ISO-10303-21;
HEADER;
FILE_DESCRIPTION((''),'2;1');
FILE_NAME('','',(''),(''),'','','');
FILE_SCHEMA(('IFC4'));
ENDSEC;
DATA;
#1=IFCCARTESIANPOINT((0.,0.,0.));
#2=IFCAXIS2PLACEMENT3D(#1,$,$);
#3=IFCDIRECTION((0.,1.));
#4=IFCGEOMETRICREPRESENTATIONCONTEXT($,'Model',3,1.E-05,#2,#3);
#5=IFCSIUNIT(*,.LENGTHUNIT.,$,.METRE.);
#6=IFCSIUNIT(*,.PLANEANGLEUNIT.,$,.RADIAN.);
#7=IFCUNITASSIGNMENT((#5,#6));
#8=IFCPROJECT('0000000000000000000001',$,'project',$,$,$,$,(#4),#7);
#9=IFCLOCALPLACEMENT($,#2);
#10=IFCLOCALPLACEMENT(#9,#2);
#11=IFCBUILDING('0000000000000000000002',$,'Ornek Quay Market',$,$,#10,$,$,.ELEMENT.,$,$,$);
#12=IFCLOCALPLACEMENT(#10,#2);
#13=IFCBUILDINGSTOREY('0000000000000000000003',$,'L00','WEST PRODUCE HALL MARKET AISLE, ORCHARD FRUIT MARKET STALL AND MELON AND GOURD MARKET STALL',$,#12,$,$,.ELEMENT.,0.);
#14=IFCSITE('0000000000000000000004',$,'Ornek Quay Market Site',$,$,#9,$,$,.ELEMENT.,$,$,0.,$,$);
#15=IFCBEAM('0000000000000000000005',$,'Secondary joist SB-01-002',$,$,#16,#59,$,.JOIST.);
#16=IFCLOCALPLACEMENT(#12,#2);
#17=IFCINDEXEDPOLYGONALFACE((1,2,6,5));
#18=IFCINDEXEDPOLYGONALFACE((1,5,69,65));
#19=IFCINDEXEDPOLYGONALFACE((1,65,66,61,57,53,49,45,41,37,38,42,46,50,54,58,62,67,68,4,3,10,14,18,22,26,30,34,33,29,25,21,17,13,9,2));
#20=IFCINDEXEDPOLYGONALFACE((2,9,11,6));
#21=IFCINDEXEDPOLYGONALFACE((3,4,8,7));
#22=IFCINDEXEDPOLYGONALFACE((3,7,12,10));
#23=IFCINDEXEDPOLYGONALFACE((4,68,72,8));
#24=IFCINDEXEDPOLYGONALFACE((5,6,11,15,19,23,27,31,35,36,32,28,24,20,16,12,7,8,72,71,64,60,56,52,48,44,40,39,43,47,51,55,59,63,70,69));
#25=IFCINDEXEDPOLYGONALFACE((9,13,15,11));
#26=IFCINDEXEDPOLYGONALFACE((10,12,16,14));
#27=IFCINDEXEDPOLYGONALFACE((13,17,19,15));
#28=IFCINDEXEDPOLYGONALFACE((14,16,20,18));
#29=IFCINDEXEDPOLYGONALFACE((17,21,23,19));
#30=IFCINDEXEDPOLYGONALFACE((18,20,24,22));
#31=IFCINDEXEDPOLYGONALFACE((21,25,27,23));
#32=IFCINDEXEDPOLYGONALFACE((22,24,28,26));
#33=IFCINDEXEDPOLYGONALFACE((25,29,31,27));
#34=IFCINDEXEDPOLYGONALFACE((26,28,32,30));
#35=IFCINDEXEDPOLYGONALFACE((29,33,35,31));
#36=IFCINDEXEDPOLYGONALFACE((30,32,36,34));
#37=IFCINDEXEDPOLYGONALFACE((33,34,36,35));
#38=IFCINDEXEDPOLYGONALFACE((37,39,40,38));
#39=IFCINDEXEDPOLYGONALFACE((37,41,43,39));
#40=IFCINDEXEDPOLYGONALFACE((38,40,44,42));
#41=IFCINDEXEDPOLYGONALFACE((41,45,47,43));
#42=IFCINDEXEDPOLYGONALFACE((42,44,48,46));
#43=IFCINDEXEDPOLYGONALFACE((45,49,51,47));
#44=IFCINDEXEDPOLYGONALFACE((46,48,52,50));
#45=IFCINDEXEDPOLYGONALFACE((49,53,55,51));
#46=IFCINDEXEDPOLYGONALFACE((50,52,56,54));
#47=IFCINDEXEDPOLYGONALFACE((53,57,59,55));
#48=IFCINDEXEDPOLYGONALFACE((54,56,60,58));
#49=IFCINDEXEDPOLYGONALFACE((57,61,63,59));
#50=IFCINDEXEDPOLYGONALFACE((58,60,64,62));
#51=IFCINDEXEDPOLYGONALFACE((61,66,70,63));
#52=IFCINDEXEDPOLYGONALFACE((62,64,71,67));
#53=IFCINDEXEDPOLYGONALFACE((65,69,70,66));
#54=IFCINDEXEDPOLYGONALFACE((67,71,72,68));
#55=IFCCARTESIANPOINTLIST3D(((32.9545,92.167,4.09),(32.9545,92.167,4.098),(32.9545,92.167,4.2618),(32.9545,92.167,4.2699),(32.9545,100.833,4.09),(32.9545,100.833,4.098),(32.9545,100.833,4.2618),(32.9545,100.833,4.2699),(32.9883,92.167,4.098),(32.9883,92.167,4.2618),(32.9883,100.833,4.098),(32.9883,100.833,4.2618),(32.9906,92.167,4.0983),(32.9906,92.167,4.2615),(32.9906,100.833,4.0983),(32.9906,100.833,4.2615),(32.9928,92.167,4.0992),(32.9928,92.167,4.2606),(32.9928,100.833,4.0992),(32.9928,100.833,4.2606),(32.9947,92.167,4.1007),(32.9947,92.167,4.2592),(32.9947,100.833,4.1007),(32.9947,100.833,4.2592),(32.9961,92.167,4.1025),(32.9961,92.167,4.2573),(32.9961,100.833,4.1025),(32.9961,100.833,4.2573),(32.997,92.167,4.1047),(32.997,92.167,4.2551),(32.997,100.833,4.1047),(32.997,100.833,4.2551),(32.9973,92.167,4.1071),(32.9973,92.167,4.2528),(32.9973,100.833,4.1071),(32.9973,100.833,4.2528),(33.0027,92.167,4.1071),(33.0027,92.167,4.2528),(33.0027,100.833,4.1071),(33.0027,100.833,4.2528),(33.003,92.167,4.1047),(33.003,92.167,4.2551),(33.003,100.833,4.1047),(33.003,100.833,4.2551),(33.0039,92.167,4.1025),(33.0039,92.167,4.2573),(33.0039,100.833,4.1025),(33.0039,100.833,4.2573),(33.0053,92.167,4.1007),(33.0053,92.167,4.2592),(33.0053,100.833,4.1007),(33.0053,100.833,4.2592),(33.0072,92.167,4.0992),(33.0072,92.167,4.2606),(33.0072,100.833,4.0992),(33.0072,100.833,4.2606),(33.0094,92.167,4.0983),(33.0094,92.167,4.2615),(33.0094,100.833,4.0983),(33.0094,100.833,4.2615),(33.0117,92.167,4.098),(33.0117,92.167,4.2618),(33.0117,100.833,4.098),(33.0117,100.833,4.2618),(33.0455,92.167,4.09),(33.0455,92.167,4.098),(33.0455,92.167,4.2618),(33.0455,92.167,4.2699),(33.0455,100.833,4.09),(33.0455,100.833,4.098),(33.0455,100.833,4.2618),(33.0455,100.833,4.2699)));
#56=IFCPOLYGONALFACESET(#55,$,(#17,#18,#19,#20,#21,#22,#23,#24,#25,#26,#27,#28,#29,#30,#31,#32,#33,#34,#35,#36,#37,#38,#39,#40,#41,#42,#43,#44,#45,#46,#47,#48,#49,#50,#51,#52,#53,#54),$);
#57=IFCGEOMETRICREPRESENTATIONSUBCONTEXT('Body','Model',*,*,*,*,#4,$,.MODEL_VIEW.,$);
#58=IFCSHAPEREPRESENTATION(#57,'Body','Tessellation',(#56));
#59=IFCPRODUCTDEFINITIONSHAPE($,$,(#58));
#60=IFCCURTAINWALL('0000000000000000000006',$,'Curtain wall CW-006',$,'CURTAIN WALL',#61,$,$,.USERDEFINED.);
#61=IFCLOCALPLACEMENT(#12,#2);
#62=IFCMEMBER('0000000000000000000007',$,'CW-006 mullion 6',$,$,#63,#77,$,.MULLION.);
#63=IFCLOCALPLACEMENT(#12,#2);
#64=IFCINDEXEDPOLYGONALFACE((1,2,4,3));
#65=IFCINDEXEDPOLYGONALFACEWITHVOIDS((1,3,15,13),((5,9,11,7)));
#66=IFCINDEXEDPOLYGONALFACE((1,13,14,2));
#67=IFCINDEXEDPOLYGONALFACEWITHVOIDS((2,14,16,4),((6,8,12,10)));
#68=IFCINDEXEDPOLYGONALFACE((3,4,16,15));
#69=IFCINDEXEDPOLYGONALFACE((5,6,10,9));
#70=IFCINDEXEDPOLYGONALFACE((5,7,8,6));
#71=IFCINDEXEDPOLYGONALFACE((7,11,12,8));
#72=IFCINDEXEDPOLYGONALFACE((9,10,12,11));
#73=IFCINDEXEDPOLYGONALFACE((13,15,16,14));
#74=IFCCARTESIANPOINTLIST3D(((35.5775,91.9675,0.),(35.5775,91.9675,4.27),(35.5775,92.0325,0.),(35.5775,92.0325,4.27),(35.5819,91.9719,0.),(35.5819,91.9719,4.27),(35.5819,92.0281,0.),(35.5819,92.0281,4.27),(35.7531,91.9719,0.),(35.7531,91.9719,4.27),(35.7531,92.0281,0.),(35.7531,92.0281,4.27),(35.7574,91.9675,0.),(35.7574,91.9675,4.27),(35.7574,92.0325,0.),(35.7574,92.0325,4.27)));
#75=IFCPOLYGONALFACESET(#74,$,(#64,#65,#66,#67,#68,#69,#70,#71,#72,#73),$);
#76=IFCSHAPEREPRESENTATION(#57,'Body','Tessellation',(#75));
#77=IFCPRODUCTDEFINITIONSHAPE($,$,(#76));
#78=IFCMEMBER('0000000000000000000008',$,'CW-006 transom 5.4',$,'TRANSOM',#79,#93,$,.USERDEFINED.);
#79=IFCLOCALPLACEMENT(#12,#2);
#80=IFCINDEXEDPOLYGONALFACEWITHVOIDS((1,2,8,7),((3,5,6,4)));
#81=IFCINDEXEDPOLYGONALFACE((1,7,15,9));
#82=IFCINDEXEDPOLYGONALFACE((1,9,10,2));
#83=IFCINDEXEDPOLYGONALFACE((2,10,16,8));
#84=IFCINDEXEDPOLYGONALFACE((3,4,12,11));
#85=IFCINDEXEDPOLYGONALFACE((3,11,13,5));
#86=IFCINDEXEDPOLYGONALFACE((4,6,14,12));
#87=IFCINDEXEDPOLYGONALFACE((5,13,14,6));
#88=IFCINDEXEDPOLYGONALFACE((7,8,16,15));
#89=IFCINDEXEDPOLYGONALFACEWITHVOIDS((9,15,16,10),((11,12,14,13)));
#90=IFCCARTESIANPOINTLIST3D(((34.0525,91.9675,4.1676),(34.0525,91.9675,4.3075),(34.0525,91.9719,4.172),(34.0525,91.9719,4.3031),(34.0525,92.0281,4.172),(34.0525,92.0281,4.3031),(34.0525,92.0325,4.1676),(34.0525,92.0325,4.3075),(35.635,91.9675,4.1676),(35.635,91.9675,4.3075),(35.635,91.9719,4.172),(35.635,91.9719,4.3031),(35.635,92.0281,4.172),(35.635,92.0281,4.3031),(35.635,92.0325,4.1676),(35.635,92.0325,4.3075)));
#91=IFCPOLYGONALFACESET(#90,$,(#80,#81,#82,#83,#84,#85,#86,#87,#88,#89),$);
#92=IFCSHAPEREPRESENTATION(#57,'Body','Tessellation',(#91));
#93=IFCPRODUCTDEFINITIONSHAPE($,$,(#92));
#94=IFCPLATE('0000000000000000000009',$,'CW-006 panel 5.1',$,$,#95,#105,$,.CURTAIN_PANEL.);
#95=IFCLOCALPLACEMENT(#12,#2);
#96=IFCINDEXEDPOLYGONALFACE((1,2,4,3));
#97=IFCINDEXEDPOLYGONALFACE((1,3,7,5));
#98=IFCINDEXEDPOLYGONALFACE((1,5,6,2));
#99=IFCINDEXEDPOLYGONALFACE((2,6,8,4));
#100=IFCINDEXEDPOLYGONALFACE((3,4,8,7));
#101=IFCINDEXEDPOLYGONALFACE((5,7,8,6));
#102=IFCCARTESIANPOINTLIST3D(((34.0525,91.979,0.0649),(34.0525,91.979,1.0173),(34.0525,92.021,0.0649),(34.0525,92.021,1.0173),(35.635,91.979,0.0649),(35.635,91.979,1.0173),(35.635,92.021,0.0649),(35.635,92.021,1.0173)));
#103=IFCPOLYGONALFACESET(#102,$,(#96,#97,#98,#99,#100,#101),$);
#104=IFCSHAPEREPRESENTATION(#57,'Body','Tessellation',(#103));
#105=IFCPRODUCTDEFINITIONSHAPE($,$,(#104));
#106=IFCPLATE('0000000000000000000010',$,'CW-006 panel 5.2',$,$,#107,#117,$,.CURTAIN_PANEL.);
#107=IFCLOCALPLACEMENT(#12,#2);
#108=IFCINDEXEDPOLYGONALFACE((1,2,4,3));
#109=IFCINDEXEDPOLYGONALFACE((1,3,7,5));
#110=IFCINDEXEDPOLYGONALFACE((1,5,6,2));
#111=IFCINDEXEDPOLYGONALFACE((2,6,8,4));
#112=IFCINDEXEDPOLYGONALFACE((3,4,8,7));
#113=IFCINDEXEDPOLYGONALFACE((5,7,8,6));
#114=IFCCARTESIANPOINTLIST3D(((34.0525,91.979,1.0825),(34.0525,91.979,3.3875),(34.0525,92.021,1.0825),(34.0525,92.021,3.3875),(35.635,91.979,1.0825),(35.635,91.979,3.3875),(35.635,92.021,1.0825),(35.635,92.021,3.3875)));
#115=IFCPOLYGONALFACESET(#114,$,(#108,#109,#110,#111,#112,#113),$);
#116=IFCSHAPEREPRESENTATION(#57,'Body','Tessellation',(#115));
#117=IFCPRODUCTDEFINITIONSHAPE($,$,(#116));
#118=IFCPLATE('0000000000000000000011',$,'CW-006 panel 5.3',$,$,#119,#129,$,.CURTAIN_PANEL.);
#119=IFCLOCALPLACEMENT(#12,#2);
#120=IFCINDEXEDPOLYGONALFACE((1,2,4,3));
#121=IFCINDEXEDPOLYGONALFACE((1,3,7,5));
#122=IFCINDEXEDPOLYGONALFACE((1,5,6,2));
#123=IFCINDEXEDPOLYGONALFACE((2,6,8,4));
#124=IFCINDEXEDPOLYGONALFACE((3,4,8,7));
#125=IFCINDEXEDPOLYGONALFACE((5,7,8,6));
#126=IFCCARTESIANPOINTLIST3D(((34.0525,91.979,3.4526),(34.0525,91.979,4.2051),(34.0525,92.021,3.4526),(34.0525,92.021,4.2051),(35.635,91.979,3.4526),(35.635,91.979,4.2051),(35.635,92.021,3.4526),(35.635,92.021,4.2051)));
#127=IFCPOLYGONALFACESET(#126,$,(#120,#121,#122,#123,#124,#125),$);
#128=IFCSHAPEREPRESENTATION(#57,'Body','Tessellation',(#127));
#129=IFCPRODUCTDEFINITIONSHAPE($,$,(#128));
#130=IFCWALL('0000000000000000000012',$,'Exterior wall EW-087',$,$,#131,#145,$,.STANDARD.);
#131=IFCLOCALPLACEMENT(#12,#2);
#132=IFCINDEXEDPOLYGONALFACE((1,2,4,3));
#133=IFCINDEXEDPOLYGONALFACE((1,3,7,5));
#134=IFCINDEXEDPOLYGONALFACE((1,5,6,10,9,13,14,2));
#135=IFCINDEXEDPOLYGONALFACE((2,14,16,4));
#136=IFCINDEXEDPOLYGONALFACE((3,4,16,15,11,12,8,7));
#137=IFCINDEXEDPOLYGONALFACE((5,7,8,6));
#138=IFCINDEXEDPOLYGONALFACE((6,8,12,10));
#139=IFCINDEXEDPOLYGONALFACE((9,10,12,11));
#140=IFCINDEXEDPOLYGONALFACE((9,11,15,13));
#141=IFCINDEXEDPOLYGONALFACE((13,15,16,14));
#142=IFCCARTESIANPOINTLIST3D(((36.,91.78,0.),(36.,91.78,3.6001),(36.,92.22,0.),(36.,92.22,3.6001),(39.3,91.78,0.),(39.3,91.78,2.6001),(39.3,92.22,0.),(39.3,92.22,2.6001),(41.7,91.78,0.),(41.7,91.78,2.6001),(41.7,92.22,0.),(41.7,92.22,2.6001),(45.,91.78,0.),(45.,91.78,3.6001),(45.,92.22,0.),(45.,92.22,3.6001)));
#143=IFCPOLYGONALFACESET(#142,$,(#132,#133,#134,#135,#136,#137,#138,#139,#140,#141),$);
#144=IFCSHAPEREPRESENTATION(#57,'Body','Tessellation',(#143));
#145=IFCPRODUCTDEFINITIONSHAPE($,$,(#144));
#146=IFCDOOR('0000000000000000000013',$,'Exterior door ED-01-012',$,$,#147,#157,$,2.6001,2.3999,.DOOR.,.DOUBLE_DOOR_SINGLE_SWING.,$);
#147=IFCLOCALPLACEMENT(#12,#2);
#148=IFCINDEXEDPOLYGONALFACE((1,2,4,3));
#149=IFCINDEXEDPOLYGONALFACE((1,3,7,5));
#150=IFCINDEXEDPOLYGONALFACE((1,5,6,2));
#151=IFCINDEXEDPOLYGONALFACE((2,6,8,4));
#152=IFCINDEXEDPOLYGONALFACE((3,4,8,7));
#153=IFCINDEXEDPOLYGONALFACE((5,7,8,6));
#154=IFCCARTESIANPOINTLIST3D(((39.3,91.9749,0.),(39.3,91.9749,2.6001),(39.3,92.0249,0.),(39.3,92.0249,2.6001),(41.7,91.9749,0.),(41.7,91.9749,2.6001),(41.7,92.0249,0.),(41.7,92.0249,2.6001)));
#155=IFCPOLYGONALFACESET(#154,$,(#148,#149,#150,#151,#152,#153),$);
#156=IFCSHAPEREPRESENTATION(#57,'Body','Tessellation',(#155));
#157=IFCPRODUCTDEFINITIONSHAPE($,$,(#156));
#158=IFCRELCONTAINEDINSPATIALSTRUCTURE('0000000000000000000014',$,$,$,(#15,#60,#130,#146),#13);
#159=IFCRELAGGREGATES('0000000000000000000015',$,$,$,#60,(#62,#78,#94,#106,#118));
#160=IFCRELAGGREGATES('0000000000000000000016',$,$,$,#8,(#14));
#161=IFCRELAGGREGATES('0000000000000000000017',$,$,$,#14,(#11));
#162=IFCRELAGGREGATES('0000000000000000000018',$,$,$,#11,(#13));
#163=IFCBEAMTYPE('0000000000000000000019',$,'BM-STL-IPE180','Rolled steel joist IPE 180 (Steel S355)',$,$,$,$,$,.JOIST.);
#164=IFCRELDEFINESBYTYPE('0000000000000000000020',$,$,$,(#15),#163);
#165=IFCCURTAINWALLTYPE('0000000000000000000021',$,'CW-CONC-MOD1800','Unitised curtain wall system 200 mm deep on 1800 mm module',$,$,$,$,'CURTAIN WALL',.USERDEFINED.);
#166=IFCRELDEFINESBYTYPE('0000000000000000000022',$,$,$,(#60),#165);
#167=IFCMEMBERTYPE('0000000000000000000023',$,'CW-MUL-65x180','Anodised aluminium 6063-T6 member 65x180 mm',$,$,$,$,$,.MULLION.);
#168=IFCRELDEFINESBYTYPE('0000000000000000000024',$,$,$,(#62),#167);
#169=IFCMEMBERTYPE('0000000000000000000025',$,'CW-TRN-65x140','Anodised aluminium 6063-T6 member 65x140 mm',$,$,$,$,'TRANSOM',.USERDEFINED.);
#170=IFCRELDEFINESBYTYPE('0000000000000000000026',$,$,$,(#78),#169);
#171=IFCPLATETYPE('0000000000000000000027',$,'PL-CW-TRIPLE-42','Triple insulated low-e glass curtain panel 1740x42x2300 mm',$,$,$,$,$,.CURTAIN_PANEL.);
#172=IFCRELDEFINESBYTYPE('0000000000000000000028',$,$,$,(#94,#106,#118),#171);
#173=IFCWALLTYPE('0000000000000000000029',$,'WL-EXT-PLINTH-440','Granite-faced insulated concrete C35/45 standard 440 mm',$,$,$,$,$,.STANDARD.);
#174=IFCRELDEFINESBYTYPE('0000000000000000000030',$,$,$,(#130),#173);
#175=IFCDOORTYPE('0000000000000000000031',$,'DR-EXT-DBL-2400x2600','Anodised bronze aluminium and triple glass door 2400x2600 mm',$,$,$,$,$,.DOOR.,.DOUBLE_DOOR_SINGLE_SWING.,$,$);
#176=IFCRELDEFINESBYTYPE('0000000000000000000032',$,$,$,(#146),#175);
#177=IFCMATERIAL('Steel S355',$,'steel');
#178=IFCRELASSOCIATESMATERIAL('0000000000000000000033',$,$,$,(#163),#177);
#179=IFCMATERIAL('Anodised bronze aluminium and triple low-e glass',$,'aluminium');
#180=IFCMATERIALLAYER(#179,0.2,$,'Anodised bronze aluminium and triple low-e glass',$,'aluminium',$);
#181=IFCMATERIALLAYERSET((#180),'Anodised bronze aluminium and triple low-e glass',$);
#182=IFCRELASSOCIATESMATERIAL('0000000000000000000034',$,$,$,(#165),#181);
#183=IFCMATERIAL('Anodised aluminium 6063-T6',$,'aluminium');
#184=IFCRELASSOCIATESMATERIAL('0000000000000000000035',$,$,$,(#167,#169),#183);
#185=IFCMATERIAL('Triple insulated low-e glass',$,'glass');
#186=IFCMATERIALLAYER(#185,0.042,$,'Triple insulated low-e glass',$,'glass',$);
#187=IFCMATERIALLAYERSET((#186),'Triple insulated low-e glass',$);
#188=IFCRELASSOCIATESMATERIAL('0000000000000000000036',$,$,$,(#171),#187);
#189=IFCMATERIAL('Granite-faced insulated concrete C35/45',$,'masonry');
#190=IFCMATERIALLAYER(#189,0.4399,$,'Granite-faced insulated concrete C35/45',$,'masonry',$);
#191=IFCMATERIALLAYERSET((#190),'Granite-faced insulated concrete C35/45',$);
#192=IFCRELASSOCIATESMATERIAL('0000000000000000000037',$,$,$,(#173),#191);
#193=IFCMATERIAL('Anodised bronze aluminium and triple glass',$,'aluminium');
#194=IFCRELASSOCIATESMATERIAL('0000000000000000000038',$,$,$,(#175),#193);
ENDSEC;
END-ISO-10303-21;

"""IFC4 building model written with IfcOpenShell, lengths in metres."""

from ifc_helpers import new_model, si_unit, direction, frame, frame_2d, origin, origin_2d, place, context, subcontext, project, spatial, rectangle, hollow_rectangle, i_section, extrude, material, layer, layer_set, material_profile, profile_set, type_object, element, fill, aggregate, save


model = new_model("IFC4")

# Units and contexts
model_context = context("Model", 3, precision=1e-05, world=origin(), true_north=direction((0.0, 1.0)))
body_context = subcontext(model_context, "Body", "Model", "MODEL_VIEW")
ifc_project = project(units=[si_unit("LENGTHUNIT", "METRE"), si_unit("PLANEANGLEUNIT", "RADIAN")], contexts=[model_context])

# Site, building, storey
site_placement = place(None, origin())
site = spatial("IfcSite", under=ifc_project, at=site_placement, Name="Ornek Quay Market Site", CompositionType="ELEMENT", RefElevation=0.0)
building_placement = place(site_placement, origin())
building = spatial("IfcBuilding", under=site, at=building_placement, Name="Ornek Quay Market", CompositionType="ELEMENT")
storey_placement = place(building_placement, origin())
storey = spatial("IfcBuildingStorey", under=building, at=storey_placement, Name="L00", Description="WEST PRODUCE HALL MARKET AISLE, ORCHARD FRUIT MARKET STALL AND MELON AND GOURD MARKET STALL", CompositionType="ELEMENT", Elevation=0.0)

# Shared definitions
ifc_material_1 = material(Name="Steel S355", Category="steel")

# Beam
ifc_material_profile_1 = material_profile(ifc_material_1, i_section(OverallWidth=0.0911, OverallDepth=0.1799, WebThickness=0.0054, FlangeThickness=0.0081, FilletRadius=0.009, at=origin_2d()), Name="IPE 180", Category="steel")
ifc_profile_set_1 = profile_set([ifc_material_profile_1], Name="Steel S355")
beam_type_1 = type_object("IfcBeamType", Name="BM-STL-IPE180", Description="Rolled steel joist IPE 180 (Steel S355)", PredefinedType="JOIST", material=ifc_profile_set_1)
beam_1_placement = place(storey_placement, frame((33.0, 92.167, 4.1799), z_axis=(0.0, 1.0, 0.0), x_axis=(-1.0, 0.0, 0.0)))
element("IfcBeam", 1, at=beam_1_placement, inside=storey, type_object=beam_type_1, Name="Secondary joist SB-01-002", PredefinedType="JOIST", context=body_context, shape_type="SweptSolid", body=[
    extrude(i_section(OverallWidth=0.0911, OverallDepth=0.1799, WebThickness=0.0054, FlangeThickness=0.0081, FilletRadius=0.009, at=origin_2d()), origin(), (0.0, 0.0, 1.0), 8.666),
])

# Curtain wall, members, plates
ifc_material_2 = material(Name="Anodised bronze aluminium and triple low-e glass", Category="aluminium")
ifc_layer_1 = layer(ifc_material_2, 0.2, Name="Anodised bronze aluminium and triple low-e glass", Category="aluminium")
ifc_layer_set_1 = layer_set([ifc_layer_1], Name="Anodised bronze aluminium and triple low-e glass")
curtain_wall_type = type_object("IfcCurtainWallType", Name="CW-CONC-MOD1800", Description="Unitised curtain wall system 200 mm deep on 1800 mm module", ElementType="CURTAIN WALL", PredefinedType="USERDEFINED", material=ifc_layer_set_1)
curtain_wall_placement = place(storey_placement, origin())
curtain_wall = element("IfcCurtainWall", 2, at=curtain_wall_placement, inside=storey, type_object=curtain_wall_type, Name="Curtain wall CW-006", ObjectType="CURTAIN WALL", PredefinedType="USERDEFINED")
ifc_material_3 = material(Name="Anodised aluminium 6063-T6", Category="aluminium")
ifc_material_profile_2 = material_profile(ifc_material_3, hollow_rectangle(XDim=0.0649, YDim=0.1799, WallThickness=0.0044, at=origin_2d()), Name="CW-MUL-65x180", Category="aluminium")
ifc_profile_set_2 = profile_set([ifc_material_profile_2], Name="Anodised aluminium 6063-T6")
member_type_1 = type_object("IfcMemberType", Name="CW-MUL-65x180", Description="Anodised aluminium 6063-T6 member 65x180 mm", PredefinedType="MULLION", material=ifc_profile_set_2)
member_1_placement = place(storey_placement, frame((35.6675, 92.0, 0.0), z_axis=(0.0, 0.0, 1.0), x_axis=(0.0, 1.0, 0.0)))
member_1 = element("IfcMember", 3, at=member_1_placement, type_object=member_type_1, Name="CW-006 mullion 6", PredefinedType="MULLION", context=body_context, shape_type="SweptSolid", body=[
    extrude(hollow_rectangle(XDim=0.0649, YDim=0.1799, WallThickness=0.0044, at=origin_2d()), origin(), (0.0, 0.0, 1.0), 4.27),
])
ifc_material_profile_3 = material_profile(ifc_material_3, hollow_rectangle(XDim=0.0649, YDim=0.1399, WallThickness=0.0044, at=origin_2d()), Name="CW-TRN-65x140", Category="aluminium")
ifc_profile_set_3 = profile_set([ifc_material_profile_3], Name="Anodised aluminium 6063-T6")
member_type_2 = type_object("IfcMemberType", Name="CW-TRN-65x140", Description="Anodised aluminium 6063-T6 member 65x140 mm", ElementType="TRANSOM", PredefinedType="USERDEFINED", material=ifc_profile_set_3)
member_2_placement = place(storey_placement, frame((34.0525, 92.0, 4.2375), z_axis=(1.0, 0.0, 0.0), x_axis=(0.0, 1.0, 0.0)))
member_2 = element("IfcMember", 4, at=member_2_placement, type_object=member_type_2, Name="CW-006 transom 5.4", ObjectType="TRANSOM", PredefinedType="USERDEFINED", context=body_context, shape_type="SweptSolid", body=[
    extrude(hollow_rectangle(XDim=0.0649, YDim=0.1399, WallThickness=0.0044, at=origin_2d()), origin(), (0.0, 0.0, 1.0), 1.5825),
])
ifc_material_4 = material(Name="Triple insulated low-e glass", Category="glass")
ifc_layer_2 = layer(ifc_material_4, 0.042, Name="Triple insulated low-e glass", Category="glass")
ifc_layer_set_2 = layer_set([ifc_layer_2], Name="Triple insulated low-e glass")
plate_type = type_object("IfcPlateType", Name="PL-CW-TRIPLE-42", Description="Triple insulated low-e glass curtain panel 1740x42x2300 mm", PredefinedType="CURTAIN_PANEL", material=ifc_layer_set_2)
plate_1_placement = place(storey_placement, frame((34.8438, 92.0, 0.0649), z_axis=(0.0, 0.0, 1.0), x_axis=(1.0, 0.0, 0.0)))
plate_1 = element("IfcPlate", 5, at=plate_1_placement, type_object=plate_type, Name="CW-006 panel 5.1", PredefinedType="CURTAIN_PANEL", context=body_context, shape_type="SweptSolid", body=[
    extrude(rectangle(XDim=1.5825, YDim=0.042, at=origin_2d()), origin(), (0.0, 0.0, 1.0), 0.9524),
])
plate_2_placement = place(storey_placement, frame((34.8438, 92.0, 1.0825), z_axis=(0.0, 0.0, 1.0), x_axis=(1.0, 0.0, 0.0)))
plate_2 = element("IfcPlate", 6, at=plate_2_placement, type_object=plate_type, Name="CW-006 panel 5.2", PredefinedType="CURTAIN_PANEL", context=body_context, shape_type="SweptSolid", body=[
    extrude(rectangle(XDim=1.5825, YDim=0.042, at=origin_2d()), origin(), (0.0, 0.0, 1.0), 2.3049),
])
plate_3_placement = place(storey_placement, frame((34.8438, 92.0, 3.4526), z_axis=(0.0, 0.0, 1.0), x_axis=(1.0, 0.0, 0.0)))
plate_3 = element("IfcPlate", 7, at=plate_3_placement, type_object=plate_type, Name="CW-006 panel 5.3", PredefinedType="CURTAIN_PANEL", context=body_context, shape_type="SweptSolid", body=[
    extrude(rectangle(XDim=1.5825, YDim=0.042, at=origin_2d()), origin(), (0.0, 0.0, 1.0), 0.7524),
])
aggregate(curtain_wall, [member_1, member_2, plate_1, plate_2, plate_3])

# Wall, opening, door
ifc_material_5 = material(Name="Granite-faced insulated concrete C35/45", Category="masonry")
ifc_layer_3 = layer(ifc_material_5, 0.4399, Name="Granite-faced insulated concrete C35/45", Category="masonry")
ifc_layer_set_3 = layer_set([ifc_layer_3], Name="Granite-faced insulated concrete C35/45")
wall_type = type_object("IfcWallType", Name="WL-EXT-PLINTH-440", Description="Granite-faced insulated concrete C35/45 standard 440 mm", PredefinedType="STANDARD", material=ifc_layer_set_3)
wall_placement = place(storey_placement, frame((36.0, 92.0, 0.0), z_axis=(0.0, 0.0, 1.0), x_axis=(1.0, 0.0, 0.0)))
wall = element("IfcWall", 8, at=wall_placement, inside=storey, type_object=wall_type, Name="Exterior wall EW-087", PredefinedType="STANDARD", context=body_context, shape_type="SweptSolid", body=[
    extrude(rectangle(XDim=9.0, YDim=0.4399, at=frame_2d((4.5, 0.0))), origin(), (0.0, 0.0, 1.0), 3.6001),
])
opening_placement = place(wall_placement, frame((3.3, 0.0, 0.0)))
opening = element("IfcOpeningElement", 9, at=opening_placement, cuts=wall, PredefinedType="OPENING", context=body_context, shape_type="SweptSolid", body=[
    extrude(rectangle(XDim=2.3999, YDim=2.6001, at=frame_2d((1.2, 1.3))), frame((0.0, 0.23, 0.0), z_axis=(0.0, -1.0, 0.0), x_axis=(1.0, 0.0, 0.0)), (0.0, 0.0, 1.0), 0.46),
])
ifc_material_6 = material(Name="Anodised bronze aluminium and triple glass", Category="aluminium")
door_type = type_object("IfcDoorType", Name="DR-EXT-DBL-2400x2600", Description="Anodised bronze aluminium and triple glass door 2400x2600 mm", OperationType="DOUBLE_DOOR_SINGLE_SWING", PredefinedType="DOOR", material=ifc_material_6)
door_placement = place(opening_placement, origin())
door = element("IfcDoor", 10, at=door_placement, inside=storey, type_object=door_type, Name="Exterior door ED-01-012", OperationType="DOUBLE_DOOR_SINGLE_SWING", OverallHeight=2.6001, OverallWidth=2.3999, PredefinedType="DOOR", context=body_context, shape_type="SweptSolid", body=[
    extrude(rectangle(XDim=2.3999, YDim=2.6001, at=frame_2d((1.2, 1.3))), frame((0.0, 0.0249, 0.0), z_axis=(0.0, -1.0, 0.0), x_axis=(1.0, 0.0, 0.0)), (0.0, 0.0, 1.0), 0.05),
])
fill(opening, door)

save(model, "model.ifc")
